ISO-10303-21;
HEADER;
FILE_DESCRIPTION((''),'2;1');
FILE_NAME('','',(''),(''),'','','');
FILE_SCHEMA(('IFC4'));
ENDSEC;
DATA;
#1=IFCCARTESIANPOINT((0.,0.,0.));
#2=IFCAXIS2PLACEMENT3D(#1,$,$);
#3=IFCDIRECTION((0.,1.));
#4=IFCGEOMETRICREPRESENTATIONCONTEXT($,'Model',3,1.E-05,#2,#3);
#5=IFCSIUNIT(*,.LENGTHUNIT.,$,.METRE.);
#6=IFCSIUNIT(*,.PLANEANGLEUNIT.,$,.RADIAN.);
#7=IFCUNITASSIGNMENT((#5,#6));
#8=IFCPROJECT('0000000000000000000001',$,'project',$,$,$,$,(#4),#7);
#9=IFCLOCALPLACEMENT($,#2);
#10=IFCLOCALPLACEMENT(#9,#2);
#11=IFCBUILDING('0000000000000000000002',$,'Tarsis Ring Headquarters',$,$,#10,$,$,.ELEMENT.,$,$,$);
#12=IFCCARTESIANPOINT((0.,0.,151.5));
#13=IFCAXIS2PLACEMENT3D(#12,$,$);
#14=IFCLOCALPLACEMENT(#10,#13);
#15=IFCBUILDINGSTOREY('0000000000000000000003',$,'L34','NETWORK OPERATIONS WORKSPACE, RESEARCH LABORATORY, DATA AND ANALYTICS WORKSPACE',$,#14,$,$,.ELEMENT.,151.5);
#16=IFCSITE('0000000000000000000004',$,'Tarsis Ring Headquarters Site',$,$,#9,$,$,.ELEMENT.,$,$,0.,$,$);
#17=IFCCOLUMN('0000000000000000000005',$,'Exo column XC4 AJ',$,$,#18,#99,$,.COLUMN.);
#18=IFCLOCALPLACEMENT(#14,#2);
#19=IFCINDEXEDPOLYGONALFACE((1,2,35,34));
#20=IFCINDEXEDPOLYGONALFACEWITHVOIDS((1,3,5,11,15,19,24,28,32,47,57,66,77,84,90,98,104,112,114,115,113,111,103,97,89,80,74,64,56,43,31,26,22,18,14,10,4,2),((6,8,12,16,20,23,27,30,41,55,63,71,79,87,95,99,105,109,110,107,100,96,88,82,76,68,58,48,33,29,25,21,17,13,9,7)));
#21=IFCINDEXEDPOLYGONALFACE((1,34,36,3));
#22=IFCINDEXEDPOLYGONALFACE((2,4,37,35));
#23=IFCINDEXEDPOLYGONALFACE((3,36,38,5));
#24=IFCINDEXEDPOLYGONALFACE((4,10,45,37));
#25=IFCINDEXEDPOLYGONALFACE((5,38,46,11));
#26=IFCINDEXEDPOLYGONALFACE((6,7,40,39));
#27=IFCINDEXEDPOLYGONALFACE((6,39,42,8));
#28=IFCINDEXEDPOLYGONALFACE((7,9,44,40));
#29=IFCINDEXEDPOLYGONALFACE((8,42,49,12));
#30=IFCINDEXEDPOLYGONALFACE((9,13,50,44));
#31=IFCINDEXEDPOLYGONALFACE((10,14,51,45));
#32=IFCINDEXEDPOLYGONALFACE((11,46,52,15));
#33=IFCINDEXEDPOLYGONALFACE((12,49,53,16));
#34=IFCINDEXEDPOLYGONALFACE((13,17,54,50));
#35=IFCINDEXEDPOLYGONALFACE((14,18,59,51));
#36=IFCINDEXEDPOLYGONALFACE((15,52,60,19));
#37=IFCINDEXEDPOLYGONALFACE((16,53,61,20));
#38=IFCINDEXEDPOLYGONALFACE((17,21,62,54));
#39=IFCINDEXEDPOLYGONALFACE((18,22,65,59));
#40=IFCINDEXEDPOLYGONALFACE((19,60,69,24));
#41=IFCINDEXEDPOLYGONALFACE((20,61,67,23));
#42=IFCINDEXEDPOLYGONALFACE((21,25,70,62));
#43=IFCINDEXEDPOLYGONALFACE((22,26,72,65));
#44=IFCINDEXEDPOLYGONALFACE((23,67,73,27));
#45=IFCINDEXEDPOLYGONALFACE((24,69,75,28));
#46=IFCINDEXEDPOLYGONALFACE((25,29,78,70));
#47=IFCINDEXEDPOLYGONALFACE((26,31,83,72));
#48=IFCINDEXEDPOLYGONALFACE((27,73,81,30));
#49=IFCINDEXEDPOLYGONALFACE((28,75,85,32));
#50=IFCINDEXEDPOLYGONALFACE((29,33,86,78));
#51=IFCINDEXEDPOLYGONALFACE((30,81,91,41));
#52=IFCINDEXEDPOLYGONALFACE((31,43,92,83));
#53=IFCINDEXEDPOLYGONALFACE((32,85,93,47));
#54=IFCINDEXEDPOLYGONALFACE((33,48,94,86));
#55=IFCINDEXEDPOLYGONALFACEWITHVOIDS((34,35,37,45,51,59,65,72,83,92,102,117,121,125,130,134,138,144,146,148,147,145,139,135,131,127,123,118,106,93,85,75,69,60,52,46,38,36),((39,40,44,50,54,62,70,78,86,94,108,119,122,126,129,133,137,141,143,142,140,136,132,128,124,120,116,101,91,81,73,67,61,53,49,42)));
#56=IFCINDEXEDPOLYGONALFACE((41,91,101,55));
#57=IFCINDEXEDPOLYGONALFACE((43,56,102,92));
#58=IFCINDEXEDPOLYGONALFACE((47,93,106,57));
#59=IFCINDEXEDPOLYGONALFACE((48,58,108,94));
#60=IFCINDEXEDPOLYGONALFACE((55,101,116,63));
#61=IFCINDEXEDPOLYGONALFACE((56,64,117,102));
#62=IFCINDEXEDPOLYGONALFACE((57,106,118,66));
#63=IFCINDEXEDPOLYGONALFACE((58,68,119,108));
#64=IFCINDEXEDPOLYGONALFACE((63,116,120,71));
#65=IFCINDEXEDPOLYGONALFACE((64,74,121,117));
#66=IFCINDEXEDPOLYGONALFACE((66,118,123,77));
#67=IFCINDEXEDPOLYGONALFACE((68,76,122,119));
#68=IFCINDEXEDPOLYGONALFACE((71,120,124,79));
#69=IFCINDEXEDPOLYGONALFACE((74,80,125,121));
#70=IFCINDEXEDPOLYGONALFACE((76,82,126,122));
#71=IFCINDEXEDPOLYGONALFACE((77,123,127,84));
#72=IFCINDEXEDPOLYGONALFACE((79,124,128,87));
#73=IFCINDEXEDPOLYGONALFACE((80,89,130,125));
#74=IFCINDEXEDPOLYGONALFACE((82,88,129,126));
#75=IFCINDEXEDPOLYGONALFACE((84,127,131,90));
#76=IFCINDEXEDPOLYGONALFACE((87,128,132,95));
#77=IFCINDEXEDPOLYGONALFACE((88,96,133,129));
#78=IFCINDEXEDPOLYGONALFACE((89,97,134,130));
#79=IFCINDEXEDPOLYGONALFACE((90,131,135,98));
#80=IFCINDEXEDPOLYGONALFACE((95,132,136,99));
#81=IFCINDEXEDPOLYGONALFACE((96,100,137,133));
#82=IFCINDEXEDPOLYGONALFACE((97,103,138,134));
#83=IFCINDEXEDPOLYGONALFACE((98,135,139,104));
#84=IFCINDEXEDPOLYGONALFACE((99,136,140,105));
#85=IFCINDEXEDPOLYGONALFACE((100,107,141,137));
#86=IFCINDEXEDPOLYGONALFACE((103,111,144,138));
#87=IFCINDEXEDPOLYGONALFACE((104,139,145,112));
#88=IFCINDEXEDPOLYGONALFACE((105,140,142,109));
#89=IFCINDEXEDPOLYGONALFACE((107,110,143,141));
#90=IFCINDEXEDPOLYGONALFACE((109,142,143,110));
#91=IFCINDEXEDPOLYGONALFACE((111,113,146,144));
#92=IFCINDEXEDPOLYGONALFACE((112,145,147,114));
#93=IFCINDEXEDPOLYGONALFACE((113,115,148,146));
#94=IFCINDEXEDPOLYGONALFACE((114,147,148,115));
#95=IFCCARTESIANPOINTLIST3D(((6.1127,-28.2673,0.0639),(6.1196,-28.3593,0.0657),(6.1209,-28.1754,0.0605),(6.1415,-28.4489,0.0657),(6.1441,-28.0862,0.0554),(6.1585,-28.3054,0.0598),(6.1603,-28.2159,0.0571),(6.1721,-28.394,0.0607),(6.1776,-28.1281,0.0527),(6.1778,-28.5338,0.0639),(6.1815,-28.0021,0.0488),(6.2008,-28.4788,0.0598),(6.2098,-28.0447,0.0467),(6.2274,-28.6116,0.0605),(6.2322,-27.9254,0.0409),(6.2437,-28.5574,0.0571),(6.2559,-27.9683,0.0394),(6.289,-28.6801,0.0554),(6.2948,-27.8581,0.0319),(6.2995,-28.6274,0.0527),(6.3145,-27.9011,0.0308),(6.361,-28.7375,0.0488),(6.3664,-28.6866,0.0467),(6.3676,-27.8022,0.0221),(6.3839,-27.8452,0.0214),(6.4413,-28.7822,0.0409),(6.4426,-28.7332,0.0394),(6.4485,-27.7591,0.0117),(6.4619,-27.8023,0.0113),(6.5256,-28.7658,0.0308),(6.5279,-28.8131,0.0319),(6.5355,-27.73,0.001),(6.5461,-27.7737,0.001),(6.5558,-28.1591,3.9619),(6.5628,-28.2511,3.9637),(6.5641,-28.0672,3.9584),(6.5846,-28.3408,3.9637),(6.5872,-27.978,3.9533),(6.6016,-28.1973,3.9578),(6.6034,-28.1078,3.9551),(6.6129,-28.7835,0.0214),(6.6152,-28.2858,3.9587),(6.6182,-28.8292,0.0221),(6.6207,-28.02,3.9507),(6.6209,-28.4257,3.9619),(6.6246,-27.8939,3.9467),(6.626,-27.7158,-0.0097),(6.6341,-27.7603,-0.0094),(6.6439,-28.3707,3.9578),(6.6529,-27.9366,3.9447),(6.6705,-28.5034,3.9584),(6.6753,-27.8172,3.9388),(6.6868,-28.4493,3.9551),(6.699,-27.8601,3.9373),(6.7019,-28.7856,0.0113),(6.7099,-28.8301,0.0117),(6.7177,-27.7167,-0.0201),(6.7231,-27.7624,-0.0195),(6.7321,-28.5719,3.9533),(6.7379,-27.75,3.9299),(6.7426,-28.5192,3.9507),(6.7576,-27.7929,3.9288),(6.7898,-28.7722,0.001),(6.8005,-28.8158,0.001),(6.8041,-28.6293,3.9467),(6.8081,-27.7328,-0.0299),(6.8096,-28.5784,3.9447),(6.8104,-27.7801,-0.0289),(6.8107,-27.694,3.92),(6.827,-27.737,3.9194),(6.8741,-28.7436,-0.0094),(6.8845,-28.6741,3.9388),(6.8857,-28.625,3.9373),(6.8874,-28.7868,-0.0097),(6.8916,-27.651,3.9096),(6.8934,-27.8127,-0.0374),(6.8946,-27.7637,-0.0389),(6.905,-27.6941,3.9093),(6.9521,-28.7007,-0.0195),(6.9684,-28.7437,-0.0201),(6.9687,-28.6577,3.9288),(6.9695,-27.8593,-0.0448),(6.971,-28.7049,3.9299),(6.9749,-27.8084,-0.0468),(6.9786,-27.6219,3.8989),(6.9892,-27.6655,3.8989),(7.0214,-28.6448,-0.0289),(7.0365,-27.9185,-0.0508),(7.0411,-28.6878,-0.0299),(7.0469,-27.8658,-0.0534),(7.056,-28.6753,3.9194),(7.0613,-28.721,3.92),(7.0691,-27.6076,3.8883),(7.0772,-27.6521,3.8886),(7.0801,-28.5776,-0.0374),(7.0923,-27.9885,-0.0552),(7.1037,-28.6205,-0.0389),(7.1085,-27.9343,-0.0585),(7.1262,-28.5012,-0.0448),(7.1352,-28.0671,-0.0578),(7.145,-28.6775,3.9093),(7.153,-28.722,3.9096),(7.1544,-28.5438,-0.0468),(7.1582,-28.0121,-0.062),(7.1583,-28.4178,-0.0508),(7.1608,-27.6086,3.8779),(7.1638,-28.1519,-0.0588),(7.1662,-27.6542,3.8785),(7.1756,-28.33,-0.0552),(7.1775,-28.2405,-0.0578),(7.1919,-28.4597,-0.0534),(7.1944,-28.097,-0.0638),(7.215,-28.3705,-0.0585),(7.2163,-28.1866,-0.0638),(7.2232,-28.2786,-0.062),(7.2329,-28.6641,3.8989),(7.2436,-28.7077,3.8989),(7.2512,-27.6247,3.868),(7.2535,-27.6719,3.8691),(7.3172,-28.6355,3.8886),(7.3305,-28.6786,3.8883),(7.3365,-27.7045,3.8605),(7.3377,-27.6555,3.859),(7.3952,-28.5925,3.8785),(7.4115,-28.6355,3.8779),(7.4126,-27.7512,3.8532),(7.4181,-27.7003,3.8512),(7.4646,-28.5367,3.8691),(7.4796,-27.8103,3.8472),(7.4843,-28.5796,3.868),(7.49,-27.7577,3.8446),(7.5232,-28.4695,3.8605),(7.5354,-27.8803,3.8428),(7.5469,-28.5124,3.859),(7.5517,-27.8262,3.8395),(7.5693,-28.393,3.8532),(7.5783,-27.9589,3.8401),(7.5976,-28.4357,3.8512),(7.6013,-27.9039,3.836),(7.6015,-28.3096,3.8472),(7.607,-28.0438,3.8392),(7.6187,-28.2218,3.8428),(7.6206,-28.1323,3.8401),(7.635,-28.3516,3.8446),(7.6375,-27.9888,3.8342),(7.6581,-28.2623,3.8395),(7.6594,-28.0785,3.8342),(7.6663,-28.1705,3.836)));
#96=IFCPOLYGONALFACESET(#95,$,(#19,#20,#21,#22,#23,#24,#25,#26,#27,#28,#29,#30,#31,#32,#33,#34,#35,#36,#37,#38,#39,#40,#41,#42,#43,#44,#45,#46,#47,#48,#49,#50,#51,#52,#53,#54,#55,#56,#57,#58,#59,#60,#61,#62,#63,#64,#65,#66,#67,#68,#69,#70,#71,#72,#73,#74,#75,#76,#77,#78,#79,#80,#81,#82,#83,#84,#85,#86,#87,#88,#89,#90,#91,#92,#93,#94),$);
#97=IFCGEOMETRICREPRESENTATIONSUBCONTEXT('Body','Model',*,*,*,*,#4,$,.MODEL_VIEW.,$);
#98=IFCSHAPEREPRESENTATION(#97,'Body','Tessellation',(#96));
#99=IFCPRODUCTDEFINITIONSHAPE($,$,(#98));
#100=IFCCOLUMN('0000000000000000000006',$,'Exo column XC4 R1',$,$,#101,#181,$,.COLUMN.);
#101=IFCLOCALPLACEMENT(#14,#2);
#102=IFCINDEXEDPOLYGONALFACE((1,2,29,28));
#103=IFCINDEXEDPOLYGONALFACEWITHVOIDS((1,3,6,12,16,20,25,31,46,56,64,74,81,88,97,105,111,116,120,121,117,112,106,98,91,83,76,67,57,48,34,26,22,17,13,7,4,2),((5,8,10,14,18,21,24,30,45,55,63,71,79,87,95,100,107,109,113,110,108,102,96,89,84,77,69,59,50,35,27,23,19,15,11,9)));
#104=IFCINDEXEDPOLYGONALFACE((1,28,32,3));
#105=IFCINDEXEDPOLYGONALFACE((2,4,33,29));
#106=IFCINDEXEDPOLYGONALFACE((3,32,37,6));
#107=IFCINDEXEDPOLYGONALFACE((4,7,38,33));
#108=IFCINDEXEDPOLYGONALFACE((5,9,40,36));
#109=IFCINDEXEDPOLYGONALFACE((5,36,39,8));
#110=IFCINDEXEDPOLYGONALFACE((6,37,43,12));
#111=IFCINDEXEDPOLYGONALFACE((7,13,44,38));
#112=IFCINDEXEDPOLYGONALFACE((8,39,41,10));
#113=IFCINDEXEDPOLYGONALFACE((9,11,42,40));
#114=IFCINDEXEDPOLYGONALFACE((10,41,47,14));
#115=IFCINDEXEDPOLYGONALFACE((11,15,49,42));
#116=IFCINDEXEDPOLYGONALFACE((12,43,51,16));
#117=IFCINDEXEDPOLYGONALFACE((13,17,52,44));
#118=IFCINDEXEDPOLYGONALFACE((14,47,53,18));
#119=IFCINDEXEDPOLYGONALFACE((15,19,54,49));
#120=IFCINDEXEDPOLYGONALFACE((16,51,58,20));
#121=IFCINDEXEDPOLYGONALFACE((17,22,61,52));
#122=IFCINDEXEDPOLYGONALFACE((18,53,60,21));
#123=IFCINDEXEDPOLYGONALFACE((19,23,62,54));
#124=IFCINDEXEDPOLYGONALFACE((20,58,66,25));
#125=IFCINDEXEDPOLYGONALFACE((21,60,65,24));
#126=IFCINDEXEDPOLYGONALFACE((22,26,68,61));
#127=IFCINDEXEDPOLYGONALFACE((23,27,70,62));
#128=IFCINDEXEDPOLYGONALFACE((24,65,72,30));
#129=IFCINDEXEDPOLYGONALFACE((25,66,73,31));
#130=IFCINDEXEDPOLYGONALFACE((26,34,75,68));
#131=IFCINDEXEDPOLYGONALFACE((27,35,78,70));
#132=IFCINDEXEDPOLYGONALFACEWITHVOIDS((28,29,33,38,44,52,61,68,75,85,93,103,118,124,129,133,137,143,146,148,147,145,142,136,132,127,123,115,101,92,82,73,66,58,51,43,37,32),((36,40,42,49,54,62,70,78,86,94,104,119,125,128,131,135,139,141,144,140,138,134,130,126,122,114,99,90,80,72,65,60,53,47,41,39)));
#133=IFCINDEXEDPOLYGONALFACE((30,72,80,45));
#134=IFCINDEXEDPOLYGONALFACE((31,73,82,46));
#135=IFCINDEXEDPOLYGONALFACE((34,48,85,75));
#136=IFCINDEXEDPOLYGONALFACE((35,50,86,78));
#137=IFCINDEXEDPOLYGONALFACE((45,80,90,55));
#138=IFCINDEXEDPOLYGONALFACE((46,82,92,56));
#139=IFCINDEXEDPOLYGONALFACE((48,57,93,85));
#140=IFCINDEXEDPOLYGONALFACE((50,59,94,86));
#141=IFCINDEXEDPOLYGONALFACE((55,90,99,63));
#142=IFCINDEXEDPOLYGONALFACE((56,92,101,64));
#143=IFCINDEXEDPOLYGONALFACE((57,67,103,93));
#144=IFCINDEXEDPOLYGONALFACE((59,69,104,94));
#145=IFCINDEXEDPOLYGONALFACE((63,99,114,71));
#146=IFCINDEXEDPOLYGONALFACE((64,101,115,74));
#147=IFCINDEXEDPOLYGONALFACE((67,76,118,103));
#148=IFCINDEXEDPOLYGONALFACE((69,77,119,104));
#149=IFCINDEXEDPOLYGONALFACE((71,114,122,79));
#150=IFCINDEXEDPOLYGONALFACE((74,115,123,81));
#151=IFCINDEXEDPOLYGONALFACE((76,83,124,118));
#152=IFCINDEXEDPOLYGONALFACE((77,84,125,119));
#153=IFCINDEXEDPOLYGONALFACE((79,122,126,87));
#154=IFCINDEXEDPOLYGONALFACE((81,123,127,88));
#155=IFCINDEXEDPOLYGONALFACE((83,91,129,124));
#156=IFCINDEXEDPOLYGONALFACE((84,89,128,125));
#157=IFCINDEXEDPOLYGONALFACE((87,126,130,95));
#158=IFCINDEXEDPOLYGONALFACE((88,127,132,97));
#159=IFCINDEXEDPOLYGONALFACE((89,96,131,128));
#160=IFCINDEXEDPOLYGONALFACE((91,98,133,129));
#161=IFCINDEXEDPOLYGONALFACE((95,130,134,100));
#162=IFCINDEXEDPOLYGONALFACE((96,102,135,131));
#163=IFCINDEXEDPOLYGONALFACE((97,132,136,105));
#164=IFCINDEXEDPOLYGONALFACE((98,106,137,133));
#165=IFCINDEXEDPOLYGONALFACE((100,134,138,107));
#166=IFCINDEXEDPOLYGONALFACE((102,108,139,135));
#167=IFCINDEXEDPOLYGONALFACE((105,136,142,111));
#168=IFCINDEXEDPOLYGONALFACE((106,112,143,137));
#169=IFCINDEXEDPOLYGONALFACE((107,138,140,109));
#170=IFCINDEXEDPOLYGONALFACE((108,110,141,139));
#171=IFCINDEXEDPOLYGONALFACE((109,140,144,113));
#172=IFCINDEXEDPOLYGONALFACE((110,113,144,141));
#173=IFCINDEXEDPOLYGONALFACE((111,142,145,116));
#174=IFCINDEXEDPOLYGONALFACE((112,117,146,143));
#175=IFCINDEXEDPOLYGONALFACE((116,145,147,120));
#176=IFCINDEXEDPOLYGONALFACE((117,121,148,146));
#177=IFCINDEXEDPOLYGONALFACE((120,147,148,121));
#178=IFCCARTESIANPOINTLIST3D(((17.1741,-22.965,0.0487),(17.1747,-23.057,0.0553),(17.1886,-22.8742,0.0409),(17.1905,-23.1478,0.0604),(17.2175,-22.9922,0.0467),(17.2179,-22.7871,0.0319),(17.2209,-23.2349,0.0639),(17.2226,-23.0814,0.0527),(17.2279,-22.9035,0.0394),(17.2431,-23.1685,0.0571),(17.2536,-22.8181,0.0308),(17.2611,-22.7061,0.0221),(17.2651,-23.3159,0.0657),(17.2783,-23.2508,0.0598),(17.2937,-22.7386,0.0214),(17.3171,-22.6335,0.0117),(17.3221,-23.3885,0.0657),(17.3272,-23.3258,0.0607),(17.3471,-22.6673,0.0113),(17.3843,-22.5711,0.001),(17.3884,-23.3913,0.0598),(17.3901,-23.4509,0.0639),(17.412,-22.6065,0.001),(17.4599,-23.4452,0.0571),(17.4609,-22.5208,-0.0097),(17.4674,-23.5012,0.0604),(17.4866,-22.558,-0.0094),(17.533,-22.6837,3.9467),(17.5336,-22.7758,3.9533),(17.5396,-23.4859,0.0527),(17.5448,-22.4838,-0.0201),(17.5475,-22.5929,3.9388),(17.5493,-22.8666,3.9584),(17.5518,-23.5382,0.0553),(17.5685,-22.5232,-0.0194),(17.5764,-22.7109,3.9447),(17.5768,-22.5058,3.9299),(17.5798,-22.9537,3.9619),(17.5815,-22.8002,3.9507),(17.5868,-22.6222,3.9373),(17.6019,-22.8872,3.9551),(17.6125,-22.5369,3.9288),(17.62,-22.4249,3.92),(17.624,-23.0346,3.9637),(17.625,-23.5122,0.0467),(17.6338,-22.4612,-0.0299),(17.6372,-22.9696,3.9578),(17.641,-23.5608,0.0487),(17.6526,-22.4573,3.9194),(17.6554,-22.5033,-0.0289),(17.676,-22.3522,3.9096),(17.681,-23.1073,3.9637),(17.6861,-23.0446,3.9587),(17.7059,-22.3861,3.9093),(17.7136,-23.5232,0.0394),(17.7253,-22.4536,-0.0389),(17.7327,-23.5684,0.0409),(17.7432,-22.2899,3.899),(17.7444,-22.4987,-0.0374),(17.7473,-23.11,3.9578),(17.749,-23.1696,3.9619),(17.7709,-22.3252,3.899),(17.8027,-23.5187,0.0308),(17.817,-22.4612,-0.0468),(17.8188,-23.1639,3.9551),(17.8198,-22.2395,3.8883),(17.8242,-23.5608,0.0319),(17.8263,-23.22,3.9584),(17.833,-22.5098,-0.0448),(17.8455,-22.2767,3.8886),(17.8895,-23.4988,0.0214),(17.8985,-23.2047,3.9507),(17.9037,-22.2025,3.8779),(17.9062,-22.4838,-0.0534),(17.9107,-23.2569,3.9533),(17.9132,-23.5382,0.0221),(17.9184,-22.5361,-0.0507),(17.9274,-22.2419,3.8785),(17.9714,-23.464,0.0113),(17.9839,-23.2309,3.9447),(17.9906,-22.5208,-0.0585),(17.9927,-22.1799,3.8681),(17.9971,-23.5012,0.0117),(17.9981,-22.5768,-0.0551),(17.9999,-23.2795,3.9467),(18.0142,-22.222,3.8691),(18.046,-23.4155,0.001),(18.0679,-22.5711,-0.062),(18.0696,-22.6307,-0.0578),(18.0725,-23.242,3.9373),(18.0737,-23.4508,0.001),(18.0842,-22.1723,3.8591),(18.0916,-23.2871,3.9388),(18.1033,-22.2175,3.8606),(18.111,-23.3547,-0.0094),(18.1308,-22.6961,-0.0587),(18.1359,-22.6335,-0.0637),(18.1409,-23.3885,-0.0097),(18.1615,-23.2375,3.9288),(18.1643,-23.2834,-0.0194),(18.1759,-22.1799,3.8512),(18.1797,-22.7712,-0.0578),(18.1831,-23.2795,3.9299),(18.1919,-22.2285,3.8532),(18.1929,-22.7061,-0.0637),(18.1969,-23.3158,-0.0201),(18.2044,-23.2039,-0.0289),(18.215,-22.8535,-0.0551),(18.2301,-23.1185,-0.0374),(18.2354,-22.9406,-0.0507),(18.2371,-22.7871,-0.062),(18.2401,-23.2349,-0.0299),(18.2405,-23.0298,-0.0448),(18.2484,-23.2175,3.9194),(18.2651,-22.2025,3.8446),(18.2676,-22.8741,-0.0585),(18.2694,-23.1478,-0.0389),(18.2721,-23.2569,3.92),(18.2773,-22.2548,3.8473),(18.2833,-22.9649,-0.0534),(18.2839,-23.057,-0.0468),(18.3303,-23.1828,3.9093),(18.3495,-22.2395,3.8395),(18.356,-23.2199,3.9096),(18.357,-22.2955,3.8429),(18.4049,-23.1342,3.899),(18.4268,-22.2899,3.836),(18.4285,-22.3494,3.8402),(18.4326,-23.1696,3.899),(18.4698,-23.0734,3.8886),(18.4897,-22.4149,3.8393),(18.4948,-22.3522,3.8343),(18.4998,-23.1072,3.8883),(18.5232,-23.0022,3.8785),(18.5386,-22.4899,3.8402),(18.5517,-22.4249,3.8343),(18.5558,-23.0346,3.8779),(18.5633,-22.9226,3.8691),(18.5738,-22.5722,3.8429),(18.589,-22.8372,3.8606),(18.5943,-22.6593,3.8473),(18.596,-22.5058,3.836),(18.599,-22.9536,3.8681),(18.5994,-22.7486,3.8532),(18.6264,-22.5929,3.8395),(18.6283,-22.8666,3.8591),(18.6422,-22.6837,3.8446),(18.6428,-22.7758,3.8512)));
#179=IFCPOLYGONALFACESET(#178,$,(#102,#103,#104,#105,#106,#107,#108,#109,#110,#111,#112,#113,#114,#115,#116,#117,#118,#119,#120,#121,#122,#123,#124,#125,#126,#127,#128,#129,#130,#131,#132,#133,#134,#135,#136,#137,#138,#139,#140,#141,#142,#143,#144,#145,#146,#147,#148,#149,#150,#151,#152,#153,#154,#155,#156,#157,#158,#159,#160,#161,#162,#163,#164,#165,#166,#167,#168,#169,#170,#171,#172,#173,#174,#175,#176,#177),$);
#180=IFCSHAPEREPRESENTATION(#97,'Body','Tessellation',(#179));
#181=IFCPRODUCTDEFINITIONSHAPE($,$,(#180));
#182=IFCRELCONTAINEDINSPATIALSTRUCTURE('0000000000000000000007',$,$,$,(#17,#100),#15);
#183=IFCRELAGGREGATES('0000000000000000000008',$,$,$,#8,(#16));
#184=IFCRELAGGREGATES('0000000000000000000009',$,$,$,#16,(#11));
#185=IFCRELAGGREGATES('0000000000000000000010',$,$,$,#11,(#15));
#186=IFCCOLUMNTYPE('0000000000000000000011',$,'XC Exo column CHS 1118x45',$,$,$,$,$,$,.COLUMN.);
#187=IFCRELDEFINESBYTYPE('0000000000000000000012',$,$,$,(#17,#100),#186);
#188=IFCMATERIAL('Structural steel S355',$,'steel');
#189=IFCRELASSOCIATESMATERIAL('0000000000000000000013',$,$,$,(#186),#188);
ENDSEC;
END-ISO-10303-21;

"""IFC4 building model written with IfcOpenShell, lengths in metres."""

from ifc_helpers import new_model, si_unit, direction, frame, origin, origin_2d, place, context, subcontext, project, spatial, hollow_circle, extrude, material, material_profile, profile_set, type_object, element, save


model = new_model("IFC4")

# Units and contexts
model_context = context("Model", 3, precision=1e-05, world=origin(), true_north=direction((0.0, 1.0)))
body_context = subcontext(model_context, "Body", "Model", "MODEL_VIEW")
ifc_project = project(units=[si_unit("LENGTHUNIT", "METRE"), si_unit("PLANEANGLEUNIT", "RADIAN")], contexts=[model_context])

# Site, building, storey
site_placement = place(None, origin())
site = spatial("IfcSite", under=ifc_project, at=site_placement, Name="Tarsis Ring Headquarters Site", CompositionType="ELEMENT", RefElevation=0.0)
building_placement = place(site_placement, origin())
building = spatial("IfcBuilding", under=site, at=building_placement, Name="Tarsis Ring Headquarters", CompositionType="ELEMENT")
storey_placement = place(building_placement, frame((0.0, 0.0, 151.5)))
storey = spatial("IfcBuildingStorey", under=building, at=storey_placement, Name="L34", Description="NETWORK OPERATIONS WORKSPACE, RESEARCH LABORATORY, DATA AND ANALYTICS WORKSPACE", CompositionType="ELEMENT", Elevation=151.5)

# Columns
ifc_material_1 = material(Name="Structural steel S355", Category="steel")
ifc_material_profile_1 = material_profile(ifc_material_1, hollow_circle(Radius=0.5588, WallThickness=0.0449, at=origin_2d()), Name="CHS 1118x45")
ifc_profile_set_1 = profile_set([ifc_material_profile_1], Name="Structural steel S355")
column_type = type_object("IfcColumnType", Name="XC Exo column CHS 1118x45", PredefinedType="COLUMN", material=ifc_profile_set_1)
for number, where, z_axis, x_axis, name in (
    (1, (6.668, -28.2729, 0.001), (0.112909, 0.027558, 0.993223), (-0.237116, 0.971481, 0.0), "Exo column XC4 AJ"),
    (2, (17.729, -23.011, 0.001), (0.091447, 0.071665, 0.993228), (-0.616828, 0.787098, 0.0), "Exo column XC4 R1"),
):
    element("IfcColumn", number, at=place(storey_placement, frame(where, z_axis=z_axis, x_axis=x_axis)), inside=storey, type_object=column_type, Name=name, PredefinedType="COLUMN", context=body_context, shape_type="SweptSolid", body=[
        extrude(hollow_circle(Radius=0.5588, WallThickness=0.0449, at=origin_2d()), origin(), (0.0, 0.0, 1.0), 3.9246),
    ])

save(model, "model.ifc")
